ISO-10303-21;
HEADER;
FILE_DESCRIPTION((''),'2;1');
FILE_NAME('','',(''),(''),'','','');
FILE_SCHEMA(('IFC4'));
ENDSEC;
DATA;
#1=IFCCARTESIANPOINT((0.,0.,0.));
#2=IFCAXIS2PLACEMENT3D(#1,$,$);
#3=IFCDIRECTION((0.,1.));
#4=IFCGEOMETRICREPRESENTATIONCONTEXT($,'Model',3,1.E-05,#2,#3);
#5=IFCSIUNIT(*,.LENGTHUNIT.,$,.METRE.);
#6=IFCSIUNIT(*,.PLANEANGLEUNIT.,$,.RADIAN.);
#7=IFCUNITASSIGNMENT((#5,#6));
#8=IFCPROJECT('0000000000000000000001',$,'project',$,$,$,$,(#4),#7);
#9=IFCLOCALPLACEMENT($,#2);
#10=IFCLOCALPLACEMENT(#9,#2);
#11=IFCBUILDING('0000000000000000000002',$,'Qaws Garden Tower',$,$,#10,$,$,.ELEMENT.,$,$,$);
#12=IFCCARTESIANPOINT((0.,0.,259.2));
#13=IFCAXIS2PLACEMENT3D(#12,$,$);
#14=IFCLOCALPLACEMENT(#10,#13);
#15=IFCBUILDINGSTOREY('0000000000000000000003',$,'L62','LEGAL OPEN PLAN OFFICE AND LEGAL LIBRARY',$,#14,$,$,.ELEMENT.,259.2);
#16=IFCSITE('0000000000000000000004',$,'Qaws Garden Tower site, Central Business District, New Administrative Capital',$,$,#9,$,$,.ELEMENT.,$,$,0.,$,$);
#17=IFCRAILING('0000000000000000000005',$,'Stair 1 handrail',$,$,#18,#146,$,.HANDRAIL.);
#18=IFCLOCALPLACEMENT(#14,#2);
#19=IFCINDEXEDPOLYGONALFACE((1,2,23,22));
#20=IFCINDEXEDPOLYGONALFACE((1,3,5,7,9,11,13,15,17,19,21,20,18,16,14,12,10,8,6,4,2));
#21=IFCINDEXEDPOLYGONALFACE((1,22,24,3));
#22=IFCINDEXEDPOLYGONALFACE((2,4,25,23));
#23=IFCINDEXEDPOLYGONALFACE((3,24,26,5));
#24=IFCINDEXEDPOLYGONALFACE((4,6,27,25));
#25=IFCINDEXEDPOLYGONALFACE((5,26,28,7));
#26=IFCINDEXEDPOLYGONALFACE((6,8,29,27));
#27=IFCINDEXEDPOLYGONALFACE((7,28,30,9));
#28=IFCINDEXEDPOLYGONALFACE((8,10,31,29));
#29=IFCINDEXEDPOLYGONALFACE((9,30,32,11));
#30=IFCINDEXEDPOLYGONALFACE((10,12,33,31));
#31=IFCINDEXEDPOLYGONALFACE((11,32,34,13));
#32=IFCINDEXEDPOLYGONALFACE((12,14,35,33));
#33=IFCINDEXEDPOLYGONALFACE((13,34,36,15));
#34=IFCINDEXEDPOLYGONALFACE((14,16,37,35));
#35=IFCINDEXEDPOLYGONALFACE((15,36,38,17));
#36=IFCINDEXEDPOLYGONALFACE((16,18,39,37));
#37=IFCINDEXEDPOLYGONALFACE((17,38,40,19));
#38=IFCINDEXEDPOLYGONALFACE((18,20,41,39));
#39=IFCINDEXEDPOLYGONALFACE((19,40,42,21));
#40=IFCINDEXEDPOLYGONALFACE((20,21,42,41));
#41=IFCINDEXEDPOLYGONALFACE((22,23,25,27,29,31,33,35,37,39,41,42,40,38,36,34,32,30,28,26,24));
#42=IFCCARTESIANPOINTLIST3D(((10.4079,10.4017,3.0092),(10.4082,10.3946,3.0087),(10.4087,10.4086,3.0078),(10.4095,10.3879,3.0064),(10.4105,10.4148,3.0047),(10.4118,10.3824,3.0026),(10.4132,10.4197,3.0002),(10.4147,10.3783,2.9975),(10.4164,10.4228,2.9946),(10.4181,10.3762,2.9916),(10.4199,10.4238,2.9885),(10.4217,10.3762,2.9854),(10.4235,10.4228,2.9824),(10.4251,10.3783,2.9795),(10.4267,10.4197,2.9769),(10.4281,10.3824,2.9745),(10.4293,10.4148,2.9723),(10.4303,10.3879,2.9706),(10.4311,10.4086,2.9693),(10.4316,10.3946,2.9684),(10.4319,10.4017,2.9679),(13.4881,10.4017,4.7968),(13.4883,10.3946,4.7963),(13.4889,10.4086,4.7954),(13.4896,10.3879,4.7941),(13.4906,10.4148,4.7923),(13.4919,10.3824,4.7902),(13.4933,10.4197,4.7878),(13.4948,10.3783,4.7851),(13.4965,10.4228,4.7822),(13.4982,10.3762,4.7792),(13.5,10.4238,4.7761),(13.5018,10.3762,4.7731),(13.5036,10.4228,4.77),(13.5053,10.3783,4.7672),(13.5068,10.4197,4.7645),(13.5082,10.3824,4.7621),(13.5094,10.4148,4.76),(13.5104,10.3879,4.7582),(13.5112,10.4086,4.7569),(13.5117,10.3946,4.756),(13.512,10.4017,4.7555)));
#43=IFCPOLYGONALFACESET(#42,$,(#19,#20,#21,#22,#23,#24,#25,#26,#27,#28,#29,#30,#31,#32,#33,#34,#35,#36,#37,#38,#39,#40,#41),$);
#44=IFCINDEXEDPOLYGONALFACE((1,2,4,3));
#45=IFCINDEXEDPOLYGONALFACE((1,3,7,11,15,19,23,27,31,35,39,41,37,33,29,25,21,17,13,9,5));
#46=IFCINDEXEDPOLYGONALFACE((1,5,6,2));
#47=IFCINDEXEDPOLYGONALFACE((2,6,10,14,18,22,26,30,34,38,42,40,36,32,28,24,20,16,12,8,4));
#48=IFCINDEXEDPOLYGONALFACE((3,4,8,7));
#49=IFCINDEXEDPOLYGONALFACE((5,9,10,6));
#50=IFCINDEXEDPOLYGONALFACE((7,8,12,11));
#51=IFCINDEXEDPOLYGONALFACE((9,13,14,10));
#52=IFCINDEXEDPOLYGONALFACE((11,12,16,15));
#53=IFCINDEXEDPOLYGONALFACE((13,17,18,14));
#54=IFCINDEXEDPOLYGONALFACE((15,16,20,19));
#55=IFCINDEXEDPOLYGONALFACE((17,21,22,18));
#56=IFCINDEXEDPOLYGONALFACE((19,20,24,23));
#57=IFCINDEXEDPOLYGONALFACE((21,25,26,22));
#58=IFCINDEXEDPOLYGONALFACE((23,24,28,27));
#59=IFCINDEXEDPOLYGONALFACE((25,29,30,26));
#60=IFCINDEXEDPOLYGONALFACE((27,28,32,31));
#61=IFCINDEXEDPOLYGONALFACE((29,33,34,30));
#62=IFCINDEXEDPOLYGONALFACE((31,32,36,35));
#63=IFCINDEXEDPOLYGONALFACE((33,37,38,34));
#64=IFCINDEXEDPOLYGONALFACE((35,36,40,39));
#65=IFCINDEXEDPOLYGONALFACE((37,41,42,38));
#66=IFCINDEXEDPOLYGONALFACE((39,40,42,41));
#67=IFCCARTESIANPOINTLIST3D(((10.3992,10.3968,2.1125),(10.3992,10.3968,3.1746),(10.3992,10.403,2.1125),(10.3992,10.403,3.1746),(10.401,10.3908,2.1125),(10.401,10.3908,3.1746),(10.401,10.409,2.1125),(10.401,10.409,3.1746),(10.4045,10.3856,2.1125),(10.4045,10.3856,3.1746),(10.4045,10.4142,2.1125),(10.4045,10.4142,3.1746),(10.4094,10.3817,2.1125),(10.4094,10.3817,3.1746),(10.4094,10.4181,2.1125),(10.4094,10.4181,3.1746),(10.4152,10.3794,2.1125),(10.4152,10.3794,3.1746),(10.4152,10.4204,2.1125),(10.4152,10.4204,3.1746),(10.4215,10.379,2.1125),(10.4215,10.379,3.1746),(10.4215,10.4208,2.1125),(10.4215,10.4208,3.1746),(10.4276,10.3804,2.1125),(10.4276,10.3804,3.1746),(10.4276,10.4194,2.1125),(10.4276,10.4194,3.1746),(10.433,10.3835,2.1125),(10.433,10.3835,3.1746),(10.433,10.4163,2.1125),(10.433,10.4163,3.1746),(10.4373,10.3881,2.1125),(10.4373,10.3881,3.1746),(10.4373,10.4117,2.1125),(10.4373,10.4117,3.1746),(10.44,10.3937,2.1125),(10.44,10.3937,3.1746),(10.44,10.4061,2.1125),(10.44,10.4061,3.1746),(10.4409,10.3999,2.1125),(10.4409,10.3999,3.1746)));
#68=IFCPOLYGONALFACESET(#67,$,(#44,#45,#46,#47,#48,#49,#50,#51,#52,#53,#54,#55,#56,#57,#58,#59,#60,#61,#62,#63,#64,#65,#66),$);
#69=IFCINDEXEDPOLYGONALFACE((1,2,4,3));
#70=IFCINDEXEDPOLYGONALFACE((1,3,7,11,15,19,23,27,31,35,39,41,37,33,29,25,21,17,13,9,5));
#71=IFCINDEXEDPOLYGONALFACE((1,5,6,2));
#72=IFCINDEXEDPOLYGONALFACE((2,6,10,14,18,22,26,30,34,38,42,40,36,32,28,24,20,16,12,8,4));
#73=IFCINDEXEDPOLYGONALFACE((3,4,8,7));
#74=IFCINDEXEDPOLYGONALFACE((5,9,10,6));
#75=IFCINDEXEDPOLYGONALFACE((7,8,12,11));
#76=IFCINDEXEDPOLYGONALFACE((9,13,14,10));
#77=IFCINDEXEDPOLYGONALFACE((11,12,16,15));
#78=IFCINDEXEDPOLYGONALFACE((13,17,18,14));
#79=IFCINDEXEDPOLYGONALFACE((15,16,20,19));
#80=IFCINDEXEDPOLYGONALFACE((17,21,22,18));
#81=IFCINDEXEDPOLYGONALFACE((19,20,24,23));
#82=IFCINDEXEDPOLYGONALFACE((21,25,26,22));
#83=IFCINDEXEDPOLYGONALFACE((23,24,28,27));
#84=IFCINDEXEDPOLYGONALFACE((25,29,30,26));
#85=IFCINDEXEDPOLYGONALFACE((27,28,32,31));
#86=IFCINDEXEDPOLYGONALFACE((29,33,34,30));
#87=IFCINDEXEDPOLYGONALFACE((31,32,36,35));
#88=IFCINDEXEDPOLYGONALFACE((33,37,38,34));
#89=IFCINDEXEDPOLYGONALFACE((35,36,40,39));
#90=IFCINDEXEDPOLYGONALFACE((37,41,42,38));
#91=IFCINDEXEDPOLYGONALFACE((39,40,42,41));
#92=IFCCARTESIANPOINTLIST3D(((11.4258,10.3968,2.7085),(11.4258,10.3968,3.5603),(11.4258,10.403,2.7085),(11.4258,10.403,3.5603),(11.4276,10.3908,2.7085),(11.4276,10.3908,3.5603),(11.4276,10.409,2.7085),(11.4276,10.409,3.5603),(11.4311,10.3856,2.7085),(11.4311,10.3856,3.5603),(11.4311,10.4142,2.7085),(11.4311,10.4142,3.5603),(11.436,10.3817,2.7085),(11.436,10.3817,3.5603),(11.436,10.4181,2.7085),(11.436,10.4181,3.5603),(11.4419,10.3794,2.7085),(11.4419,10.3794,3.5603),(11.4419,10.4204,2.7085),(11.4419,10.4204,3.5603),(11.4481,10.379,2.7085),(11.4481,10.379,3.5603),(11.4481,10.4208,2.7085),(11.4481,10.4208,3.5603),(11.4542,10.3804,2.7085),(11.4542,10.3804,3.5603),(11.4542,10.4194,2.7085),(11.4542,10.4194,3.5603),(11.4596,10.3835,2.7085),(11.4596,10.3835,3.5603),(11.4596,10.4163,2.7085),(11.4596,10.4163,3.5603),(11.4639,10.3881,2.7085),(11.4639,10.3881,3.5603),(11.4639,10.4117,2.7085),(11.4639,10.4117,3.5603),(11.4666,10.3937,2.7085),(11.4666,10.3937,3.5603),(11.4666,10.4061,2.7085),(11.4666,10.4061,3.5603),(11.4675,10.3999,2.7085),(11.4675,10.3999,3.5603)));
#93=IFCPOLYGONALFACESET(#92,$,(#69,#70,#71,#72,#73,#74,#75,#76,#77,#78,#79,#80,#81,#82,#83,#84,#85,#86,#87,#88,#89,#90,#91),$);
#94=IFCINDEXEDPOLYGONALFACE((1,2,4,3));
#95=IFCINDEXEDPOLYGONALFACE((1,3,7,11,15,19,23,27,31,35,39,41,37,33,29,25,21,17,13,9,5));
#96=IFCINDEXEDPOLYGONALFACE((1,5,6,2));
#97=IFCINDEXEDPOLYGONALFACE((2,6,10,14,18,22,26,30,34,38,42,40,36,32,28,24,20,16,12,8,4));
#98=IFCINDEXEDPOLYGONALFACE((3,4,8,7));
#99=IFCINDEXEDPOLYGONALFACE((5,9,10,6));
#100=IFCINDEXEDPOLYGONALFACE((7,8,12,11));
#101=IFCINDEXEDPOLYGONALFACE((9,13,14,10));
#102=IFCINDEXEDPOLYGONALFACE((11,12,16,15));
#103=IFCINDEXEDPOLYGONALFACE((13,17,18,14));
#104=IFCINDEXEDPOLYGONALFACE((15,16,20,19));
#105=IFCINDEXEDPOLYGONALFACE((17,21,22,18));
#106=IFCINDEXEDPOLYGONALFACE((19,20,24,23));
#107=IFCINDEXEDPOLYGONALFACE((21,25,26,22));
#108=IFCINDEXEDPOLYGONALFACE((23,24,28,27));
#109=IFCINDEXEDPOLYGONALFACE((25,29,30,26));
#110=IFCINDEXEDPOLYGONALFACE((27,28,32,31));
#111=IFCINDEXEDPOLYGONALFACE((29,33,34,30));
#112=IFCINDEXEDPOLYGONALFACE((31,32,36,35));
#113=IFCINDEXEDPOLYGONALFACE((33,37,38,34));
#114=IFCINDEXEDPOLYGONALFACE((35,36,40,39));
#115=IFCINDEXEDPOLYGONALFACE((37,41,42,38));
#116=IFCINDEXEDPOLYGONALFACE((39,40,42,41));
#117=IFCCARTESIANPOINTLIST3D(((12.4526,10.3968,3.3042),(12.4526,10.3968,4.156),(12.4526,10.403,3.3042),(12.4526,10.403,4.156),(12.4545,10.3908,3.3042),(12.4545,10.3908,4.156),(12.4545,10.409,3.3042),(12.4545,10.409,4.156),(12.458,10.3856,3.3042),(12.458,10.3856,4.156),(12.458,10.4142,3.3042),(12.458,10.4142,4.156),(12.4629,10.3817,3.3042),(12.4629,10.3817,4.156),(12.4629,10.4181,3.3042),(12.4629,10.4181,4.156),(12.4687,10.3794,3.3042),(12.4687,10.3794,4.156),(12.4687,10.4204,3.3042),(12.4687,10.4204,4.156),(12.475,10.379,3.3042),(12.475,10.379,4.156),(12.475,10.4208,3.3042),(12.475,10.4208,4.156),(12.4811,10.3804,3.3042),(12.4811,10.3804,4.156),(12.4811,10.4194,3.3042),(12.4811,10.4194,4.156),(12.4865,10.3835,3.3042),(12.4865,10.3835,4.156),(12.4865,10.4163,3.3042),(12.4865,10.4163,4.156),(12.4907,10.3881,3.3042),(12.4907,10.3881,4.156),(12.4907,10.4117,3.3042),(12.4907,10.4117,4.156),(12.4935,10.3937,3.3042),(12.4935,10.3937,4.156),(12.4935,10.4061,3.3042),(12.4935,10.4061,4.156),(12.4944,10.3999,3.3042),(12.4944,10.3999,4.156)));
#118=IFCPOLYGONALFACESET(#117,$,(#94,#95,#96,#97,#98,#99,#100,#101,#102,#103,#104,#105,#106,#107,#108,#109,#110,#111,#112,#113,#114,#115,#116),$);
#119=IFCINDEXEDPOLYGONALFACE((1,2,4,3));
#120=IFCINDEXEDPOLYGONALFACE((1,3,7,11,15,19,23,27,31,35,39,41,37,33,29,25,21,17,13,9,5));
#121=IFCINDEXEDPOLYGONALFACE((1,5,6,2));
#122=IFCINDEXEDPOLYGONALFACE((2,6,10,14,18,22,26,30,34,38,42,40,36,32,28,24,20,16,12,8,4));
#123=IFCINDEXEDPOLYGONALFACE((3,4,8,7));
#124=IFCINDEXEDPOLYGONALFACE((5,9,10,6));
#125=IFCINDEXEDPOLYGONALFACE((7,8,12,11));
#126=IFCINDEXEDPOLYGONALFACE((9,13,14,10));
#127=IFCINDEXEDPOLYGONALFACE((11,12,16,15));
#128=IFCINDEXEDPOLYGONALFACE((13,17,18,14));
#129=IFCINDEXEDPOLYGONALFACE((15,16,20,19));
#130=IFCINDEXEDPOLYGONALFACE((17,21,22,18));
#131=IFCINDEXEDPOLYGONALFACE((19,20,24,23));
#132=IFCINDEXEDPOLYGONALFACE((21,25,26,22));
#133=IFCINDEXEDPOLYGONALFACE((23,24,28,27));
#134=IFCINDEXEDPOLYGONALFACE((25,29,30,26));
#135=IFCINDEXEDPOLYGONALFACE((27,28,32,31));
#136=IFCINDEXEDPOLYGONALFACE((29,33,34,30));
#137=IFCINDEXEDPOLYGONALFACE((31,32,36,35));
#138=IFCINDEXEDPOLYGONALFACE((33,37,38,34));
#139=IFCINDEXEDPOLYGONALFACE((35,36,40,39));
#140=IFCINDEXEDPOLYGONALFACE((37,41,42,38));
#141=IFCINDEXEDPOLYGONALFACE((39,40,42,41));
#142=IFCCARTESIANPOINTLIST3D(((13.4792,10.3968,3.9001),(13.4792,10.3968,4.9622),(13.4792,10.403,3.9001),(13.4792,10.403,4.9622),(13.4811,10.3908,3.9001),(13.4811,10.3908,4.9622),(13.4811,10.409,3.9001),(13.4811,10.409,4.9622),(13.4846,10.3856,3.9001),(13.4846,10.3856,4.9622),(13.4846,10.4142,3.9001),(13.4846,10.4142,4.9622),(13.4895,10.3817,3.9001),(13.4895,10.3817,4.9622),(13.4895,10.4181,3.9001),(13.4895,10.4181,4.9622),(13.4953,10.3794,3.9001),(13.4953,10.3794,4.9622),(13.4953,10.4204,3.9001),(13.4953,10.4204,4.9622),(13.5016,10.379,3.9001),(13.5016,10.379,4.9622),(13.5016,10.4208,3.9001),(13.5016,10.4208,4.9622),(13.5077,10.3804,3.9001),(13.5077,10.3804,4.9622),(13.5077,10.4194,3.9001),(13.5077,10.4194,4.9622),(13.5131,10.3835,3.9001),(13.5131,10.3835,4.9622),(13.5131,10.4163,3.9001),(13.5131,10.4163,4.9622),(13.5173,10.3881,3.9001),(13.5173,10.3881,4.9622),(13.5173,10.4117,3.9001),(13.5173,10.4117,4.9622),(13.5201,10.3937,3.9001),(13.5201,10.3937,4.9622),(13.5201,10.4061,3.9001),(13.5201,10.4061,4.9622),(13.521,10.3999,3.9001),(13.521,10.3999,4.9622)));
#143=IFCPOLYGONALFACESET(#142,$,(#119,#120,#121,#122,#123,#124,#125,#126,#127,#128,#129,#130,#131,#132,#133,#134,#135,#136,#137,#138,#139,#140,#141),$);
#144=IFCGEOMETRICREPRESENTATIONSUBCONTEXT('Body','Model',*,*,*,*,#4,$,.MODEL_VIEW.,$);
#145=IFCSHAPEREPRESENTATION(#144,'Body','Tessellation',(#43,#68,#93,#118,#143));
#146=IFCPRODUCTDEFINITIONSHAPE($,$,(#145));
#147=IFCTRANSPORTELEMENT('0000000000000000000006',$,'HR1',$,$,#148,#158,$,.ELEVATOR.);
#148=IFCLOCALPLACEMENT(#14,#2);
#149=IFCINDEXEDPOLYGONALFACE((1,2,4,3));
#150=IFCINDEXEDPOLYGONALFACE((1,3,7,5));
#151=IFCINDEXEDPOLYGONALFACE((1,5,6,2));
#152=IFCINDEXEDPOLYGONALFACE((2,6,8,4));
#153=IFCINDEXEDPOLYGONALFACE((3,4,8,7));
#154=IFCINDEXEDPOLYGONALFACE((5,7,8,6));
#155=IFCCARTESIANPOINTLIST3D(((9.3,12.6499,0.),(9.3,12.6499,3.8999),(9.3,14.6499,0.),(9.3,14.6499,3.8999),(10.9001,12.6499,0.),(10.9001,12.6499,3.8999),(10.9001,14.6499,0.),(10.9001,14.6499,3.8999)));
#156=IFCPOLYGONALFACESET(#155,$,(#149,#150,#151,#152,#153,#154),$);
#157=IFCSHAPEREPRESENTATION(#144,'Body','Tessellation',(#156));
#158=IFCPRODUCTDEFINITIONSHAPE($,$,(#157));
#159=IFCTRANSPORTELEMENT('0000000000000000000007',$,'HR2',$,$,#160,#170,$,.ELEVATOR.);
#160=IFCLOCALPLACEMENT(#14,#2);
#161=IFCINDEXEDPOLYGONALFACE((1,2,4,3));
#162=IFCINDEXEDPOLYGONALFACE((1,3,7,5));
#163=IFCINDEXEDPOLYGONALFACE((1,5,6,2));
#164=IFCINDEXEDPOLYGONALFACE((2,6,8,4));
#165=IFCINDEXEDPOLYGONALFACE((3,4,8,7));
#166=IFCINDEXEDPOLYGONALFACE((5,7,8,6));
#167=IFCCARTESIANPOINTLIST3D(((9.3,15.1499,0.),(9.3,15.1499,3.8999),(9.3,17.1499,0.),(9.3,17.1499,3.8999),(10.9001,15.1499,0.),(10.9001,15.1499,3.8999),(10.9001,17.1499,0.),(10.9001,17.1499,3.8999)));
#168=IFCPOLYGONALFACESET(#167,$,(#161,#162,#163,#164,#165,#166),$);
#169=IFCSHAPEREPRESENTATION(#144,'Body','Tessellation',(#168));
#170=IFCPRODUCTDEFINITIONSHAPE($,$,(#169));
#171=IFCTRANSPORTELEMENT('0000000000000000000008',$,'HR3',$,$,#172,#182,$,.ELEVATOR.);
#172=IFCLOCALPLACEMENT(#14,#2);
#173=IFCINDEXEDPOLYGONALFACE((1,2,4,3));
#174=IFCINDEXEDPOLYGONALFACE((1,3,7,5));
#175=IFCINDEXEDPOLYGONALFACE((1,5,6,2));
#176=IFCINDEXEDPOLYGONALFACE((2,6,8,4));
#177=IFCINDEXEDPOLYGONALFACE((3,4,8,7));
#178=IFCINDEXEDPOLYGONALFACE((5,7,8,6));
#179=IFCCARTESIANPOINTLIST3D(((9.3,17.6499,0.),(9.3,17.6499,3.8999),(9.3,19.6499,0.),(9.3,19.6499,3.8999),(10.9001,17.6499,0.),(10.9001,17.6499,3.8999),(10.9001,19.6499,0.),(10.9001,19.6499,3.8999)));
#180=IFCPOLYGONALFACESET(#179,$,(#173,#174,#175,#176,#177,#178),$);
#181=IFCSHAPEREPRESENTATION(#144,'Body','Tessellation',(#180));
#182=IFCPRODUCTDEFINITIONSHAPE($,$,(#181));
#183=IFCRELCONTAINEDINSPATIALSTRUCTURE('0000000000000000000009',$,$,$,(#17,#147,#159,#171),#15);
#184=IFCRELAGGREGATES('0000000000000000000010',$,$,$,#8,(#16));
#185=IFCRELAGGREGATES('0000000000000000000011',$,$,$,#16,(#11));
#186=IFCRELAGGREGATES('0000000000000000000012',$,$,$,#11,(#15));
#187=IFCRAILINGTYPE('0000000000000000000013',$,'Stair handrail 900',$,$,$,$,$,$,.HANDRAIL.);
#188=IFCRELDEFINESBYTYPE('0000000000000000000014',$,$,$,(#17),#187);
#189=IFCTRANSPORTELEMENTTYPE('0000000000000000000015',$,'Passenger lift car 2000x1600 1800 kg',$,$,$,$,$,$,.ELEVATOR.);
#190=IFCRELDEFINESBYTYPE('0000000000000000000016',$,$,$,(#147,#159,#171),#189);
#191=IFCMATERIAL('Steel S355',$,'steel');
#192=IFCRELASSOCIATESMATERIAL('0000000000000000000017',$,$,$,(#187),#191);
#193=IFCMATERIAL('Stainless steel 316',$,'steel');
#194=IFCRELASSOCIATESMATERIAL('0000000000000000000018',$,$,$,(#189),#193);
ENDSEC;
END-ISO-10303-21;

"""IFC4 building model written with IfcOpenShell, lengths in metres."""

from ifc_helpers import new_model, si_unit, direction, frame, origin, origin_2d, place, context, subcontext, project, spatial, rectangle, circle, extrude, material, type_object, element, save


model = new_model("IFC4")

# Units and contexts
model_context = context("Model", 3, precision=1e-05, world=origin(), true_north=direction((0.0, 1.0)))
body_context = subcontext(model_context, "Body", "Model", "MODEL_VIEW")
ifc_project = project(units=[si_unit("LENGTHUNIT", "METRE"), si_unit("PLANEANGLEUNIT", "RADIAN")], contexts=[model_context])

# Site, building, storey
site_placement = place(None, origin())
site = spatial("IfcSite", under=ifc_project, at=site_placement, Name="Qaws Garden Tower site, Central Business District, New Administrative Capital", CompositionType="ELEMENT", RefElevation=0.0)
building_placement = place(site_placement, origin())
building = spatial("IfcBuilding", under=site, at=building_placement, Name="Qaws Garden Tower", CompositionType="ELEMENT")
storey_placement = place(building_placement, frame((0.0, 0.0, 259.2)))
storey = spatial("IfcBuildingStorey", under=building, at=storey_placement, Name="L62", Description="LEGAL OPEN PLAN OFFICE AND LEGAL LIBRARY", CompositionType="ELEMENT", Elevation=259.2)

# Railing
ifc_material_1 = material(Name="Steel S355", Category="steel")
railing_type = type_object("IfcRailingType", Name="Stair handrail 900", PredefinedType="HANDRAIL", material=ifc_material_1)
railing_1_placement = place(storey_placement, frame((10.4199, 10.3999, 2.1125)))
element("IfcRailing", 1, at=railing_1_placement, inside=storey, type_object=railing_type, Name="Stair 1 handrail", PredefinedType="HANDRAIL", context=body_context, shape_type="SweptSolid", body=[
    extrude(circle(Radius=0.0239, at=origin_2d()), frame((0.0, 0.0, 0.876), z_axis=(0.864891, 0.0, 0.50196), x_axis=(0.0, 1.0, 0.0)), (0.0, 0.0, 1.0), 3.5613),
    extrude(circle(Radius=0.021, at=origin_2d()), origin(), (0.0, 0.0, 1.0), 1.062),
    extrude(circle(Radius=0.021, at=origin_2d()), frame((1.0266, 0.0, 0.5959)), (0.0, 0.0, 1.0), 0.8518),
    extrude(circle(Radius=0.021, at=origin_2d()), frame((2.0535, 0.0, 1.1917)), (0.0, 0.0, 1.0), 0.8518),
    extrude(circle(Radius=0.021, at=origin_2d()), frame((3.0801, 0.0, 1.7876)), (0.0, 0.0, 1.0), 1.062),
])

# Transport elements
ifc_material_2 = material(Name="Stainless steel 316", Category="steel")
transport_element_type = type_object("IfcTransportElementType", Name="Passenger lift car 2000x1600 1800 kg", PredefinedType="ELEVATOR", material=ifc_material_2)
for number, where, z_axis, x_axis, name in (
    (2, (10.1001, 13.6499, 0.0), (0.0, 0.0, 1.0), (1.0, 0.0, 0.0), "HR1"),
    (3, (10.1001, 16.1499, 0.0), (0.0, 0.0, 1.0), (1.0, 0.0, 0.0), "HR2"),
    (4, (10.1001, 18.6499, 0.0), (0.0, 0.0, 1.0), (1.0, 0.0, 0.0), "HR3"),
):
    element("IfcTransportElement", number, at=place(storey_placement, frame(where, z_axis=z_axis, x_axis=x_axis)), inside=storey, type_object=transport_element_type, Name=name, PredefinedType="ELEVATOR", context=body_context, shape_type="SweptSolid", body=[
        extrude(rectangle(XDim=1.6001, YDim=2.0, at=origin_2d()), origin(), (0.0, 0.0, 1.0), 3.8999),
    ])

save(model, "model.ifc")
